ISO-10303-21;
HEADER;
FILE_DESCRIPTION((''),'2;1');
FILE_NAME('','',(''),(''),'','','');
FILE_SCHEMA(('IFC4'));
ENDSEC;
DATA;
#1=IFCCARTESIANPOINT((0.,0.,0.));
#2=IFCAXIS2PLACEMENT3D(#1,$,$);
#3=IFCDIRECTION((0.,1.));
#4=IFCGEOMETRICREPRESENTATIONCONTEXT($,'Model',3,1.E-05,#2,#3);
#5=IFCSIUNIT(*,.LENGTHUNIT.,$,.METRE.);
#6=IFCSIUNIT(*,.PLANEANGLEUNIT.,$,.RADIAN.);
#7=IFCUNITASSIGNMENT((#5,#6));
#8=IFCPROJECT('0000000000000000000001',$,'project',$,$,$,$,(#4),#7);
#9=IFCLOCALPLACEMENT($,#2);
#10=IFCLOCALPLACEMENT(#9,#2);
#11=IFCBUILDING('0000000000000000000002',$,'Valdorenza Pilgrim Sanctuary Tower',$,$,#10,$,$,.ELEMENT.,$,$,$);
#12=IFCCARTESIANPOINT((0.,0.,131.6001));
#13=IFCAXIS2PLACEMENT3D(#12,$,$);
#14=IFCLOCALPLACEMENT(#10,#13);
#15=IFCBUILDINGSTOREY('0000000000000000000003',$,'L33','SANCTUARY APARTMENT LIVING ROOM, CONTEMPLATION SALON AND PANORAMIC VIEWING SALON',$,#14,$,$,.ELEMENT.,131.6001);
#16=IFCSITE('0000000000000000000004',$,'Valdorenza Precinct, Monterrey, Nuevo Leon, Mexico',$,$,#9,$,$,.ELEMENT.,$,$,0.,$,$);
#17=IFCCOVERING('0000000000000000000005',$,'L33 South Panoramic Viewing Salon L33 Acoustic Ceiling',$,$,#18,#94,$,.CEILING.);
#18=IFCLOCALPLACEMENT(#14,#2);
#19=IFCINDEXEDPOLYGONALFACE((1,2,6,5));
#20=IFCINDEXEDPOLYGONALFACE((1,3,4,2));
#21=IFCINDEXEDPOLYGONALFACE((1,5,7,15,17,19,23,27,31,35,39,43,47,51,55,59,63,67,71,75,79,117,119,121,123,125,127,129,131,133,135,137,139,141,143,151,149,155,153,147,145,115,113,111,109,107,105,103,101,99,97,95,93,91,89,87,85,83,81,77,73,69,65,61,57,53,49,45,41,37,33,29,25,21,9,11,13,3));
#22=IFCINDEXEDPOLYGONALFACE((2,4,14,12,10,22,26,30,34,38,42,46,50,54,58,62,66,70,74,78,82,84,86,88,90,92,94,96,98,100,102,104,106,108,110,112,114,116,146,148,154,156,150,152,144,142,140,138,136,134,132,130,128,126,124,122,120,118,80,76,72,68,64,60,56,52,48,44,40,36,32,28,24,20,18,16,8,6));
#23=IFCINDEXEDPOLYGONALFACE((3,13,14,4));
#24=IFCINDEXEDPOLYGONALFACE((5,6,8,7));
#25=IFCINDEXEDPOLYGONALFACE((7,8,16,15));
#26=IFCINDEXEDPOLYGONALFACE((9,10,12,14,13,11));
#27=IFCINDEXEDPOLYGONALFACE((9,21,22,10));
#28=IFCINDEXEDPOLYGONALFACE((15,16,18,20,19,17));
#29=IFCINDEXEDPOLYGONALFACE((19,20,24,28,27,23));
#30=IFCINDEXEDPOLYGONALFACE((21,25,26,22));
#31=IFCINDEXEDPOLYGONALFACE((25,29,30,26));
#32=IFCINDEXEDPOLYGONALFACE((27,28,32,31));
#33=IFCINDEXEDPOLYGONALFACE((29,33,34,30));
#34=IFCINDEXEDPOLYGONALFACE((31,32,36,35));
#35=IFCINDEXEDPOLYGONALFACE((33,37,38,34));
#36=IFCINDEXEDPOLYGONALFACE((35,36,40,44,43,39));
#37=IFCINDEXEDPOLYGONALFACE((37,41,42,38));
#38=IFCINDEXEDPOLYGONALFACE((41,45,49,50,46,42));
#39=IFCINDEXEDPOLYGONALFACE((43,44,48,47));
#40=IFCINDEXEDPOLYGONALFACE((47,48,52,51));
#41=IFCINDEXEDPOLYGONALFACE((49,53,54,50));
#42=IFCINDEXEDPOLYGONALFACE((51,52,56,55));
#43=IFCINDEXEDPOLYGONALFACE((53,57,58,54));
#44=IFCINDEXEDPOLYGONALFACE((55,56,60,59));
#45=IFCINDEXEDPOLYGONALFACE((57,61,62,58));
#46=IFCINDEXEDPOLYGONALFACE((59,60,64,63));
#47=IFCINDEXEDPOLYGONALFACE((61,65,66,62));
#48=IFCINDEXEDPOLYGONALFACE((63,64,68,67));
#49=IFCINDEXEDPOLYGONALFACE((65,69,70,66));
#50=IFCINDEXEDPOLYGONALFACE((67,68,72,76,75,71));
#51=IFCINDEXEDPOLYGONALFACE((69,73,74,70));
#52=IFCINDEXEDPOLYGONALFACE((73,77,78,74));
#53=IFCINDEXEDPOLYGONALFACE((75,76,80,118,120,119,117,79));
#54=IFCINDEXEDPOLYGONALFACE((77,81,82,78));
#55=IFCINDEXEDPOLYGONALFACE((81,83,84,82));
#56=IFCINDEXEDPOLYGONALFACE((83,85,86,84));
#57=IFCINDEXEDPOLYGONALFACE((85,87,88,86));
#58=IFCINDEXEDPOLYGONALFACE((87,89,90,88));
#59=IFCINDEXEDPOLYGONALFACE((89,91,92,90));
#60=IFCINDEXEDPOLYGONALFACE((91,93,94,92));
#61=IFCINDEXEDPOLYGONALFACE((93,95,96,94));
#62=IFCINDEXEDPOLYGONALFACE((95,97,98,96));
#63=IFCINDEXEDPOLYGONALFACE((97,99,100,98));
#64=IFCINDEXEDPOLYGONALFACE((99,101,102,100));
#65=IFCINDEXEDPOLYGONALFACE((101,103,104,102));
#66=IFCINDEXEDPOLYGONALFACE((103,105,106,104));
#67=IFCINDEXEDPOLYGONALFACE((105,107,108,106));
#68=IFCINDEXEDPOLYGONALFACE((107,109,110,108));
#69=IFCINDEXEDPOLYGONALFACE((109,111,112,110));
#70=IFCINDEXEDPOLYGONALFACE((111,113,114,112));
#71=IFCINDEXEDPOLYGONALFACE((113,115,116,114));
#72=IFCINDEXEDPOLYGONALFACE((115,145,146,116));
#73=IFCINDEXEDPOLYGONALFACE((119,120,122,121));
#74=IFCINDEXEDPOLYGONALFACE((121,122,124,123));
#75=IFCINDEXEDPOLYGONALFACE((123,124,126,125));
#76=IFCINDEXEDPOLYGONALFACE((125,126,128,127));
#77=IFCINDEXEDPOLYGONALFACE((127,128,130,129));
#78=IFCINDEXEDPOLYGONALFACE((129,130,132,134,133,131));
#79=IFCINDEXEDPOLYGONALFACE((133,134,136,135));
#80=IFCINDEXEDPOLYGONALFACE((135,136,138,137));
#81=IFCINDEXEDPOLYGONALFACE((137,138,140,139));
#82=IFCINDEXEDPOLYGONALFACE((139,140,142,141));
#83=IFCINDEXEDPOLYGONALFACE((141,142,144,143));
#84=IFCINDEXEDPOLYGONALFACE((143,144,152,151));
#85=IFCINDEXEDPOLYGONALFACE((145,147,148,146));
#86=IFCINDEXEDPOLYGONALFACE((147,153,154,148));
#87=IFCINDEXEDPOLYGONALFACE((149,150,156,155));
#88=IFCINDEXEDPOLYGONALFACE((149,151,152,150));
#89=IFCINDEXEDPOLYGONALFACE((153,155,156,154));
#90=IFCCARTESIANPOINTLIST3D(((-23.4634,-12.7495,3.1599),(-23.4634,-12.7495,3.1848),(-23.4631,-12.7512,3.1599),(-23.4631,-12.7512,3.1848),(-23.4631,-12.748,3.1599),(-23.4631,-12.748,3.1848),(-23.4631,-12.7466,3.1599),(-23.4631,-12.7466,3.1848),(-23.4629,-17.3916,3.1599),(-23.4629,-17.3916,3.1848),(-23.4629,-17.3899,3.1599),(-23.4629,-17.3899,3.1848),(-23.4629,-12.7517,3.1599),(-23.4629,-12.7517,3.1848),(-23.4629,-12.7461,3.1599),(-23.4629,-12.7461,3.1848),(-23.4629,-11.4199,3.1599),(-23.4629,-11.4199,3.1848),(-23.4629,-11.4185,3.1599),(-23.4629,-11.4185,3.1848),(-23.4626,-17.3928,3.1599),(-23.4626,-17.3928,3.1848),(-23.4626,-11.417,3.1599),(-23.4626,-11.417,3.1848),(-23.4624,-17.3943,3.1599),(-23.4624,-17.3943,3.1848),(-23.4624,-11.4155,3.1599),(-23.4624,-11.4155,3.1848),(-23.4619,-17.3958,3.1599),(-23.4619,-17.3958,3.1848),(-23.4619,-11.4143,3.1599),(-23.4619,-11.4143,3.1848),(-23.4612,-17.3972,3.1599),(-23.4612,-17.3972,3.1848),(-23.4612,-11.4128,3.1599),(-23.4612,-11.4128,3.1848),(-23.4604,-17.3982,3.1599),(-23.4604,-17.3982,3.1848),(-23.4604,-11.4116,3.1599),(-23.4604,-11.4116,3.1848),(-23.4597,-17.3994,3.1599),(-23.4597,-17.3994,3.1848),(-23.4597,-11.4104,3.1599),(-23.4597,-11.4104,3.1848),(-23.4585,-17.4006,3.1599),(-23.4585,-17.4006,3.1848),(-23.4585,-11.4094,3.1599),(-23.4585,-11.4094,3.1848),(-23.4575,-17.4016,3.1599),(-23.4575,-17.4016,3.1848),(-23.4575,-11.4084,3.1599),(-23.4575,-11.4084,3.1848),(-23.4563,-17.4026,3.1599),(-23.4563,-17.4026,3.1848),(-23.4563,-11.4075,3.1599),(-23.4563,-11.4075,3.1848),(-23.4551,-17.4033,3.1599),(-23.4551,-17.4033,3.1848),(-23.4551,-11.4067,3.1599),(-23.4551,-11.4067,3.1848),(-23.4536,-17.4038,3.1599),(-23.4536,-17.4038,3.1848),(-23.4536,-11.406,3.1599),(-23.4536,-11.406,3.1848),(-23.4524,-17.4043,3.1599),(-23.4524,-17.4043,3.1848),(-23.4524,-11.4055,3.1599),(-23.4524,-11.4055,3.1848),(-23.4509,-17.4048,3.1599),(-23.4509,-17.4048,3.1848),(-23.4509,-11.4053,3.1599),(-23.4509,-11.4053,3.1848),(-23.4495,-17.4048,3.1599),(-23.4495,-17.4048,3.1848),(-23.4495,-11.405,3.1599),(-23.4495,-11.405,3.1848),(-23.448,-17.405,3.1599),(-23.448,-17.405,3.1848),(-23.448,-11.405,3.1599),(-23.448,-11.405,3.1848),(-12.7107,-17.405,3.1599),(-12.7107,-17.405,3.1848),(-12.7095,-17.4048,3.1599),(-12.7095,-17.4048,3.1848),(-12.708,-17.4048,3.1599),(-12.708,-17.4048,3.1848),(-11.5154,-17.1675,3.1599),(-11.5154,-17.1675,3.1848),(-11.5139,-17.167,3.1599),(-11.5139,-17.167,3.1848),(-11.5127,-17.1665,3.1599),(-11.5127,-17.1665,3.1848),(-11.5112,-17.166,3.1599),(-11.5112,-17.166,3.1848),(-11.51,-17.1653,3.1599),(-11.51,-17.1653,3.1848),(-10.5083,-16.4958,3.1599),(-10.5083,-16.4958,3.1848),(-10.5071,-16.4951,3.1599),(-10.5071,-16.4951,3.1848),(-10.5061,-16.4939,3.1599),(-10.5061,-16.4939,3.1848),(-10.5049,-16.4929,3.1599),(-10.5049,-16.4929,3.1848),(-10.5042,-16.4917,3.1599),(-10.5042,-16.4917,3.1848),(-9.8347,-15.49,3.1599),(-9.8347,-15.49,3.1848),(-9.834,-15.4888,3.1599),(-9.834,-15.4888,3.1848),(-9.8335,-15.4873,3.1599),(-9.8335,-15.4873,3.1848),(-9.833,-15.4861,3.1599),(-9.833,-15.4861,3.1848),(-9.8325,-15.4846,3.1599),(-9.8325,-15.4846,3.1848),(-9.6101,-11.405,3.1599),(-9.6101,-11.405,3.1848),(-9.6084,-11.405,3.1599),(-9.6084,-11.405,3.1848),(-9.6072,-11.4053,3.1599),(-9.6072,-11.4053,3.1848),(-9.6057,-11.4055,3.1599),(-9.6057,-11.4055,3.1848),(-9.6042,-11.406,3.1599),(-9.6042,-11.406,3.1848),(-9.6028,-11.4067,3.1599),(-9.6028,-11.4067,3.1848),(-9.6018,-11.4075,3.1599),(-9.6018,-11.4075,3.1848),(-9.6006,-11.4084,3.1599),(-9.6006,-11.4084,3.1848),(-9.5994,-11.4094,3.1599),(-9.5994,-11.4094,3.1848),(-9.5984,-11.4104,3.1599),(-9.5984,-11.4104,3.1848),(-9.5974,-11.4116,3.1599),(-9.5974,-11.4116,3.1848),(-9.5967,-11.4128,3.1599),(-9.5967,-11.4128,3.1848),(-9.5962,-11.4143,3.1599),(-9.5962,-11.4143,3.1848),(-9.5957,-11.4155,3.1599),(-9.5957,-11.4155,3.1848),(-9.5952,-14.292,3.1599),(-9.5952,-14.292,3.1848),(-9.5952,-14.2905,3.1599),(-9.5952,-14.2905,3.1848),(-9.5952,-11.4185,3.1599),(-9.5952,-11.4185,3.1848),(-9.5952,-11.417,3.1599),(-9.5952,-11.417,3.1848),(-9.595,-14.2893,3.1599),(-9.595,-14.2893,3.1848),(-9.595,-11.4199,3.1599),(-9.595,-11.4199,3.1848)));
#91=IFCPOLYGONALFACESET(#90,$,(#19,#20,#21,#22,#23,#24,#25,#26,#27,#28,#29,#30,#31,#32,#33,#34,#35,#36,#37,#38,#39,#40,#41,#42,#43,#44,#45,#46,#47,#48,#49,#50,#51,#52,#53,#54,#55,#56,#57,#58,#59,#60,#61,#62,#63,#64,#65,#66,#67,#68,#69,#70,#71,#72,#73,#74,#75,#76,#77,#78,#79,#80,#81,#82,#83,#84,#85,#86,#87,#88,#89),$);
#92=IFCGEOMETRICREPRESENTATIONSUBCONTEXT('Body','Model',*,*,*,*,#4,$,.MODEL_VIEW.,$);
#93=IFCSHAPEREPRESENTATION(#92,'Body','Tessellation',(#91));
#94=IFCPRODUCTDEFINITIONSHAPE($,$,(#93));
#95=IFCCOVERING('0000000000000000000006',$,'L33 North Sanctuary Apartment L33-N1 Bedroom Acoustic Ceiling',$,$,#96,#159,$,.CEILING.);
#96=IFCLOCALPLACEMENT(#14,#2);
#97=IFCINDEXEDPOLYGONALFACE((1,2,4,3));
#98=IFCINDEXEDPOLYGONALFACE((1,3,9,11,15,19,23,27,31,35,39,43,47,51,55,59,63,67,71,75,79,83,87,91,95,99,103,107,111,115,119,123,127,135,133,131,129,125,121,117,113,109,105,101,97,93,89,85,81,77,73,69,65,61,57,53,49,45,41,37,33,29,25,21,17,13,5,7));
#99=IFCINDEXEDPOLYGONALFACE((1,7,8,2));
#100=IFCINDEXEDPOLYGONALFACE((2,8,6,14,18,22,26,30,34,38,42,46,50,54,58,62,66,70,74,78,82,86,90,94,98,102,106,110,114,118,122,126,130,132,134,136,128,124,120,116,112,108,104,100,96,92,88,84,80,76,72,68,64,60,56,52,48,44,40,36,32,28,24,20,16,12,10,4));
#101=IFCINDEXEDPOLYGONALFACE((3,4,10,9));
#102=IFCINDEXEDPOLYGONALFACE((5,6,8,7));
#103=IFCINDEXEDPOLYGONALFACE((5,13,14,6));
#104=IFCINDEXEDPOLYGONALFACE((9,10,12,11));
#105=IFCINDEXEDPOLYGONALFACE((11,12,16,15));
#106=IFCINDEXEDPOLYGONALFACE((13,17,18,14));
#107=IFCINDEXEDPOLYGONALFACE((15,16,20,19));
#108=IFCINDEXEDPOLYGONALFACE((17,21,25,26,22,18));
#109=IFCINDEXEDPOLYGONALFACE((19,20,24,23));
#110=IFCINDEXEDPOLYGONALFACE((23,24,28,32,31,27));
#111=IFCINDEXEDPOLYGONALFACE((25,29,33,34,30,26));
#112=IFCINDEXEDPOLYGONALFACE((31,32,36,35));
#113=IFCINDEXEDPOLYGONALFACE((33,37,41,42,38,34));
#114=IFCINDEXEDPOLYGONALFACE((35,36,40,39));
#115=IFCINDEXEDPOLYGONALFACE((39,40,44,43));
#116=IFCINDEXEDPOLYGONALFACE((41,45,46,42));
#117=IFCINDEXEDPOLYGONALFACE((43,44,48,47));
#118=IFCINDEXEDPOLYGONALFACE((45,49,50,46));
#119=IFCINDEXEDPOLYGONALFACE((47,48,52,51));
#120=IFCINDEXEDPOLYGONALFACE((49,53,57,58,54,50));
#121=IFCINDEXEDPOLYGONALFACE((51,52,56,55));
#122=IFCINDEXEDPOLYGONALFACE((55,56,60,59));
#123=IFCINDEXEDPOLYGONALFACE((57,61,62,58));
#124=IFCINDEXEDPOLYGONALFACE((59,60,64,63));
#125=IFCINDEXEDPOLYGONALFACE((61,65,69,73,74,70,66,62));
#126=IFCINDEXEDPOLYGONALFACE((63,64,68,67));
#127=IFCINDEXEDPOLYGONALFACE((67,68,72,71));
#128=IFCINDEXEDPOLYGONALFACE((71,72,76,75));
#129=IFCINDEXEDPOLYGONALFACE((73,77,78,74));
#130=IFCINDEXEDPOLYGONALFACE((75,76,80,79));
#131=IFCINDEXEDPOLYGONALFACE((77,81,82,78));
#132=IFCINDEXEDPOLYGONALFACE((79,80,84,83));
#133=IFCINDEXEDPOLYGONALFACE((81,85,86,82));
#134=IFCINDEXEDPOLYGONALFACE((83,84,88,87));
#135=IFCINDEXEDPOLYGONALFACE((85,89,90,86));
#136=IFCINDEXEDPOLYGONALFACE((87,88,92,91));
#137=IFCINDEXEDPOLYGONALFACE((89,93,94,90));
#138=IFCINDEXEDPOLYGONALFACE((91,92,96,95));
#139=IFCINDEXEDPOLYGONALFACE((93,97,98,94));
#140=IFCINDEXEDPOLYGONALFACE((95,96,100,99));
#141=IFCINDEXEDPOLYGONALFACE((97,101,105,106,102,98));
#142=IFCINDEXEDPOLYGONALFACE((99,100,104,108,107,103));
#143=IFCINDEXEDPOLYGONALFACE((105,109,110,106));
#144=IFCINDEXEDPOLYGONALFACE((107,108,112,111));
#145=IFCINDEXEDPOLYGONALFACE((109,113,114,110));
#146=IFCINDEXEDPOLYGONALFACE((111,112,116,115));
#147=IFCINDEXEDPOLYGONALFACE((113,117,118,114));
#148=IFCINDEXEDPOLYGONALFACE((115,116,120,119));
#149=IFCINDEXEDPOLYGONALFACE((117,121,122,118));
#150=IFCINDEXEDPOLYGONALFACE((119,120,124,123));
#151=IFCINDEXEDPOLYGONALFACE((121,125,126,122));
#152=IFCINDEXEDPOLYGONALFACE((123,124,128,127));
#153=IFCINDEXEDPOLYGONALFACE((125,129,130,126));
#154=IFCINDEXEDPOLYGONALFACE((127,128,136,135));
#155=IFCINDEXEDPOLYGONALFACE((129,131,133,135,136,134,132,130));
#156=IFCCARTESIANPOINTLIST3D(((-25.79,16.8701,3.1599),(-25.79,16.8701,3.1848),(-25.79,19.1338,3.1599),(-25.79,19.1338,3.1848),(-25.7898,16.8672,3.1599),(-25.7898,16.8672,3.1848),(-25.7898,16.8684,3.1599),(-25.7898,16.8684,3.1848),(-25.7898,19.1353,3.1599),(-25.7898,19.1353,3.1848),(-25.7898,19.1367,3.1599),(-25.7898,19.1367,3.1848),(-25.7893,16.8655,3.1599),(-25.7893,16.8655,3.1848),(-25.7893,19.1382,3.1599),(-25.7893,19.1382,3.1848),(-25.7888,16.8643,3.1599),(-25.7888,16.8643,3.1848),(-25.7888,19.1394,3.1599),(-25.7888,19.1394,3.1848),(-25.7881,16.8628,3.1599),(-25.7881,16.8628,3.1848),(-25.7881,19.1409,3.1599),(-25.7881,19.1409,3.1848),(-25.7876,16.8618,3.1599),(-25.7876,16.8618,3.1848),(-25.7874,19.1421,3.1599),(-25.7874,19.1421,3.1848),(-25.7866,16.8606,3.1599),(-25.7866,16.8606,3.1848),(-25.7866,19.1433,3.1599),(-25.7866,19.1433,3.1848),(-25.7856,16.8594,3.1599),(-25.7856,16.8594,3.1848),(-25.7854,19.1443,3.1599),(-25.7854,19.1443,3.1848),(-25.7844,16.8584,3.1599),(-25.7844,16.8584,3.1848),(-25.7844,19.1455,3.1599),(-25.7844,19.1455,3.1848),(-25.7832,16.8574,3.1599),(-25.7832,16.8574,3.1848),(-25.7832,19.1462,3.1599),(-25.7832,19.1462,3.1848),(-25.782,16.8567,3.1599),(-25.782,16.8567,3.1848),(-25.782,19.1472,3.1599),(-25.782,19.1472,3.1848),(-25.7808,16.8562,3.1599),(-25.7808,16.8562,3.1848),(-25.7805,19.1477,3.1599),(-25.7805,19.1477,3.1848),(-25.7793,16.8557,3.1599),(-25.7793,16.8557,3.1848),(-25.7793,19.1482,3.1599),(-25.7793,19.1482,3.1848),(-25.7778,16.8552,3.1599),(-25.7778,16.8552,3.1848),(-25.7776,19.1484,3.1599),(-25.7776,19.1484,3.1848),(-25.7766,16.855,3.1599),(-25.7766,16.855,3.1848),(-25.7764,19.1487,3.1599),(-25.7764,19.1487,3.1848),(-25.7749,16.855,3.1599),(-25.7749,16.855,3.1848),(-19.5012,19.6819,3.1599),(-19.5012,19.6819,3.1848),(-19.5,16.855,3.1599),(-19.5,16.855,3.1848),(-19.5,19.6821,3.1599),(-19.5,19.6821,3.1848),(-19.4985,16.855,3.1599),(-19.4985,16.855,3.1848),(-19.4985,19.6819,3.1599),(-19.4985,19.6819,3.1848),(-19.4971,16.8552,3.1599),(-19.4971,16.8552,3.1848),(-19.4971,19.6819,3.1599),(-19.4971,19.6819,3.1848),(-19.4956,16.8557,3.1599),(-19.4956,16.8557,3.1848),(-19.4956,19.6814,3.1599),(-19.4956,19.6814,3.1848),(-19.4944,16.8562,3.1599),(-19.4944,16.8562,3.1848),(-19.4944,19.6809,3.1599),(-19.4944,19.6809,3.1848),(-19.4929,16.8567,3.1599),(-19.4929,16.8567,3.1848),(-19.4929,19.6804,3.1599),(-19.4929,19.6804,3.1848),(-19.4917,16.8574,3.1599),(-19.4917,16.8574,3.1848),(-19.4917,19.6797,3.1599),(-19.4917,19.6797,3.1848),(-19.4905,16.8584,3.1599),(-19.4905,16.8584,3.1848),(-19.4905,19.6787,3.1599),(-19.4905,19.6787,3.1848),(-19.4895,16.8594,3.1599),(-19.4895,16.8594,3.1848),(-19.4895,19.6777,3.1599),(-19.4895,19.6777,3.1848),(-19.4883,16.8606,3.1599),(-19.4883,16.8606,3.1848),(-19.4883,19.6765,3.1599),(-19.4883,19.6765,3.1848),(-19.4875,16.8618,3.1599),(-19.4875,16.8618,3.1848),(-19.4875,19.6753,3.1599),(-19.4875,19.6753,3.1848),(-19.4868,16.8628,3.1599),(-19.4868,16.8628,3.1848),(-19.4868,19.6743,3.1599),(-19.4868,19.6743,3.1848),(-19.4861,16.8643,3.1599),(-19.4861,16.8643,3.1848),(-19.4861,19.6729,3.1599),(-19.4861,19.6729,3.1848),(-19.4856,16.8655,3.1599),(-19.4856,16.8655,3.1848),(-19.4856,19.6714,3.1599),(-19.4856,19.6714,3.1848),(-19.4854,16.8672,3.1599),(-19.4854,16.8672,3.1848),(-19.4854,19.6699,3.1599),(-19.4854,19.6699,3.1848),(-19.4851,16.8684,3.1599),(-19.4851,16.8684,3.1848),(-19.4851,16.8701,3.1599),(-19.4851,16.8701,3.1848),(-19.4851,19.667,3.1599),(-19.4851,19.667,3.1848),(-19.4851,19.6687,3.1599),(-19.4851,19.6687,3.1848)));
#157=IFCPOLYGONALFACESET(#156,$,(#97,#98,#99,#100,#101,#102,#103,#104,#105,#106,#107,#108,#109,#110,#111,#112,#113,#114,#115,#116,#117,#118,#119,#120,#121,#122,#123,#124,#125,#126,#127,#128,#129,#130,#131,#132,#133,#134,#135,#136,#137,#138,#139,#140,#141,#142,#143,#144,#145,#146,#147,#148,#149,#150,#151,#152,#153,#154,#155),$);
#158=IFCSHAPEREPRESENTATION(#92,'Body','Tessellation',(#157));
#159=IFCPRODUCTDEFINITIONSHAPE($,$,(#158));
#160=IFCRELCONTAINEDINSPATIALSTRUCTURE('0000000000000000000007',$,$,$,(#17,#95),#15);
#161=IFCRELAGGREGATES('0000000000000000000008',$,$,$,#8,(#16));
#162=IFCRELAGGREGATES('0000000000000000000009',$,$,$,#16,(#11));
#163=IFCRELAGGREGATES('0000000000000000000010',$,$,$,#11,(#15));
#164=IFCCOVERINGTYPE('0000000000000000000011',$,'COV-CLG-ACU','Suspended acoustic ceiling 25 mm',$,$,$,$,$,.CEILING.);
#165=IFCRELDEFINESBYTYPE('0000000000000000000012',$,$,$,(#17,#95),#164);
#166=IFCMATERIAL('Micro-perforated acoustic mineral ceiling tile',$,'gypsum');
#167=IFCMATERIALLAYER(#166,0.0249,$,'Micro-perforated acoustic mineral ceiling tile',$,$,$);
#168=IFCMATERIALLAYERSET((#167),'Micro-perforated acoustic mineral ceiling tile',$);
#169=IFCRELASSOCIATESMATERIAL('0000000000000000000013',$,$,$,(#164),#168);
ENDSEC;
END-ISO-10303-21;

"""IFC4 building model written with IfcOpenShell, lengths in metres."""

from ifc_helpers import new_model, si_unit, direction, frame, origin, place, context, subcontext, project, spatial, polyline, outline, extrude, material, layer, layer_set, type_object, element, save


model = new_model("IFC4")

# Units and contexts
model_context = context("Model", 3, precision=1e-05, world=origin(), true_north=direction((0.0, 1.0)))
body_context = subcontext(model_context, "Body", "Model", "MODEL_VIEW")
ifc_project = project(units=[si_unit("LENGTHUNIT", "METRE"), si_unit("PLANEANGLEUNIT", "RADIAN")], contexts=[model_context])

# Site, building, storey
site_placement = place(None, origin())
site = spatial("IfcSite", under=ifc_project, at=site_placement, Name="Valdorenza Precinct, Monterrey, Nuevo Leon, Mexico", CompositionType="ELEMENT", RefElevation=0.0)
building_placement = place(site_placement, origin())
building = spatial("IfcBuilding", under=site, at=building_placement, Name="Valdorenza Pilgrim Sanctuary Tower", CompositionType="ELEMENT")
storey_placement = place(building_placement, frame((0.0, 0.0, 131.6001)))
storey = spatial("IfcBuildingStorey", under=building, at=storey_placement, Name="L33", Description="SANCTUARY APARTMENT LIVING ROOM, CONTEMPLATION SALON AND PANORAMIC VIEWING SALON", CompositionType="ELEMENT", Elevation=131.6001)

# Coverings
ifc_material_1 = material(Name="Micro-perforated acoustic mineral ceiling tile", Category="gypsum")
ifc_layer_1 = layer(ifc_material_1, 0.0249, Name="Micro-perforated acoustic mineral ceiling tile")
ifc_layer_set_1 = layer_set([ifc_layer_1], Name="Micro-perforated acoustic mineral ceiling tile")
covering_type_1 = type_object("IfcCoveringType", Name="COV-CLG-ACU", Description="Suspended acoustic ceiling 25 mm", PredefinedType="CEILING", material=ifc_layer_set_1)
covering_1_placement = place(storey_placement, frame((0.0, 0.0, 3.1599)))
element("IfcCovering", 1, at=covering_1_placement, inside=storey, type_object=covering_type_1, Name="L33 South Panoramic Viewing Salon L33 Acoustic Ceiling", PredefinedType="CEILING", context=body_context, shape_type="SweptSolid", body=[
    extrude(outline(polyline([(-23.4629, -12.7517), (-23.4631, -12.7512), (-23.4634, -12.7495), (-23.4631, -12.748), (-23.4631, -12.7466), (-23.4629, -12.7461), (-23.4629, -11.4199), (-23.4629, -11.4185), (-23.4626, -11.417), (-23.4624, -11.4155), (-23.4619, -11.4143), (-23.4612, -11.4128), (-23.4604, -11.4116), (-23.4597, -11.4104), (-23.4585, -11.4094), (-23.4575, -11.4084), (-23.4563, -11.4075), (-23.4551, -11.4067), (-23.4536, -11.406), (-23.4524, -11.4055), (-23.4509, -11.4053), (-23.4495, -11.405), (-23.448, -11.405), (-9.6101, -11.405), (-9.6084, -11.405), (-9.6072, -11.4053), (-9.6057, -11.4055), (-9.6042, -11.406), (-9.6028, -11.4067), (-9.6018, -11.4075), (-9.6006, -11.4084), (-9.5994, -11.4094), (-9.5984, -11.4104), (-9.5974, -11.4116), (-9.5967, -11.4128), (-9.5962, -11.4143), (-9.5957, -11.4155), (-9.5952, -11.417), (-9.5952, -11.4185), (-9.595, -11.4199), (-9.595, -14.2893), (-9.5952, -14.2905), (-9.5952, -14.292), (-9.8325, -15.4846), (-9.833, -15.4861), (-9.8335, -15.4873), (-9.834, -15.4888), (-9.8347, -15.49), (-10.5042, -16.4917), (-10.5049, -16.4929), (-10.5061, -16.4939), (-10.5071, -16.4951), (-10.5083, -16.4958), (-11.51, -17.1653), (-11.5112, -17.166), (-11.5127, -17.1665), (-11.5139, -17.167), (-11.5154, -17.1675), (-12.708, -17.4048), (-12.7095, -17.4048), (-12.7107, -17.405), (-23.448, -17.405), (-23.4495, -17.4048), (-23.4509, -17.4048), (-23.4524, -17.4043), (-23.4536, -17.4038), (-23.4551, -17.4033), (-23.4563, -17.4026), (-23.4575, -17.4016), (-23.4585, -17.4006), (-23.4597, -17.3994), (-23.4604, -17.3982), (-23.4612, -17.3972), (-23.4619, -17.3958), (-23.4624, -17.3943), (-23.4626, -17.3928), (-23.4629, -17.3916), (-23.4629, -17.3899), (-23.4629, -12.7517)])), origin(), (0.0, 0.0, 1.0), 0.0249),
])
covering_2_placement = place(storey_placement, frame((0.0, 0.0, 3.1599)))
element("IfcCovering", 2, at=covering_2_placement, inside=storey, type_object=covering_type_1, Name="L33 North Sanctuary Apartment L33-N1 Bedroom Acoustic Ceiling", PredefinedType="CEILING", context=body_context, shape_type="SweptSolid", body=[
    extrude(outline(polyline([(-19.4851, 16.8701), (-19.4851, 16.8684), (-19.4854, 16.8672), (-19.4856, 16.8655), (-19.4861, 16.8643), (-19.4868, 16.8628), (-19.4875, 16.8618), (-19.4883, 16.8606), (-19.4895, 16.8594), (-19.4905, 16.8584), (-19.4917, 16.8574), (-19.4929, 16.8567), (-19.4944, 16.8562), (-19.4956, 16.8557), (-19.4971, 16.8552), (-19.4985, 16.855), (-19.5, 16.855), (-25.7749, 16.855), (-25.7766, 16.855), (-25.7778, 16.8552), (-25.7793, 16.8557), (-25.7808, 16.8562), (-25.782, 16.8567), (-25.7832, 16.8574), (-25.7844, 16.8584), (-25.7856, 16.8594), (-25.7866, 16.8606), (-25.7876, 16.8618), (-25.7881, 16.8628), (-25.7888, 16.8643), (-25.7893, 16.8655), (-25.7898, 16.8672), (-25.7898, 16.8684), (-25.79, 16.8701), (-25.79, 19.1338), (-25.7898, 19.1353), (-25.7898, 19.1367), (-25.7893, 19.1382), (-25.7888, 19.1394), (-25.7881, 19.1409), (-25.7874, 19.1421), (-25.7866, 19.1433), (-25.7854, 19.1443), (-25.7844, 19.1455), (-25.7832, 19.1462), (-25.782, 19.1472), (-25.7805, 19.1477), (-25.7793, 19.1482), (-25.7776, 19.1484), (-25.7764, 19.1487), (-19.5012, 19.6819), (-19.5, 19.6821), (-19.5, 19.6821), (-19.4985, 19.6819), (-19.4971, 19.6819), (-19.4956, 19.6814), (-19.4944, 19.6809), (-19.4929, 19.6804), (-19.4917, 19.6797), (-19.4905, 19.6787), (-19.4895, 19.6777), (-19.4883, 19.6765), (-19.4875, 19.6753), (-19.4868, 19.6743), (-19.4861, 19.6729), (-19.4856, 19.6714), (-19.4854, 19.6699), (-19.4851, 19.6687), (-19.4851, 19.667), (-19.4851, 16.8701)])), origin(), (0.0, 0.0, 1.0), 0.0249),
])

save(model, "model.ifc")
